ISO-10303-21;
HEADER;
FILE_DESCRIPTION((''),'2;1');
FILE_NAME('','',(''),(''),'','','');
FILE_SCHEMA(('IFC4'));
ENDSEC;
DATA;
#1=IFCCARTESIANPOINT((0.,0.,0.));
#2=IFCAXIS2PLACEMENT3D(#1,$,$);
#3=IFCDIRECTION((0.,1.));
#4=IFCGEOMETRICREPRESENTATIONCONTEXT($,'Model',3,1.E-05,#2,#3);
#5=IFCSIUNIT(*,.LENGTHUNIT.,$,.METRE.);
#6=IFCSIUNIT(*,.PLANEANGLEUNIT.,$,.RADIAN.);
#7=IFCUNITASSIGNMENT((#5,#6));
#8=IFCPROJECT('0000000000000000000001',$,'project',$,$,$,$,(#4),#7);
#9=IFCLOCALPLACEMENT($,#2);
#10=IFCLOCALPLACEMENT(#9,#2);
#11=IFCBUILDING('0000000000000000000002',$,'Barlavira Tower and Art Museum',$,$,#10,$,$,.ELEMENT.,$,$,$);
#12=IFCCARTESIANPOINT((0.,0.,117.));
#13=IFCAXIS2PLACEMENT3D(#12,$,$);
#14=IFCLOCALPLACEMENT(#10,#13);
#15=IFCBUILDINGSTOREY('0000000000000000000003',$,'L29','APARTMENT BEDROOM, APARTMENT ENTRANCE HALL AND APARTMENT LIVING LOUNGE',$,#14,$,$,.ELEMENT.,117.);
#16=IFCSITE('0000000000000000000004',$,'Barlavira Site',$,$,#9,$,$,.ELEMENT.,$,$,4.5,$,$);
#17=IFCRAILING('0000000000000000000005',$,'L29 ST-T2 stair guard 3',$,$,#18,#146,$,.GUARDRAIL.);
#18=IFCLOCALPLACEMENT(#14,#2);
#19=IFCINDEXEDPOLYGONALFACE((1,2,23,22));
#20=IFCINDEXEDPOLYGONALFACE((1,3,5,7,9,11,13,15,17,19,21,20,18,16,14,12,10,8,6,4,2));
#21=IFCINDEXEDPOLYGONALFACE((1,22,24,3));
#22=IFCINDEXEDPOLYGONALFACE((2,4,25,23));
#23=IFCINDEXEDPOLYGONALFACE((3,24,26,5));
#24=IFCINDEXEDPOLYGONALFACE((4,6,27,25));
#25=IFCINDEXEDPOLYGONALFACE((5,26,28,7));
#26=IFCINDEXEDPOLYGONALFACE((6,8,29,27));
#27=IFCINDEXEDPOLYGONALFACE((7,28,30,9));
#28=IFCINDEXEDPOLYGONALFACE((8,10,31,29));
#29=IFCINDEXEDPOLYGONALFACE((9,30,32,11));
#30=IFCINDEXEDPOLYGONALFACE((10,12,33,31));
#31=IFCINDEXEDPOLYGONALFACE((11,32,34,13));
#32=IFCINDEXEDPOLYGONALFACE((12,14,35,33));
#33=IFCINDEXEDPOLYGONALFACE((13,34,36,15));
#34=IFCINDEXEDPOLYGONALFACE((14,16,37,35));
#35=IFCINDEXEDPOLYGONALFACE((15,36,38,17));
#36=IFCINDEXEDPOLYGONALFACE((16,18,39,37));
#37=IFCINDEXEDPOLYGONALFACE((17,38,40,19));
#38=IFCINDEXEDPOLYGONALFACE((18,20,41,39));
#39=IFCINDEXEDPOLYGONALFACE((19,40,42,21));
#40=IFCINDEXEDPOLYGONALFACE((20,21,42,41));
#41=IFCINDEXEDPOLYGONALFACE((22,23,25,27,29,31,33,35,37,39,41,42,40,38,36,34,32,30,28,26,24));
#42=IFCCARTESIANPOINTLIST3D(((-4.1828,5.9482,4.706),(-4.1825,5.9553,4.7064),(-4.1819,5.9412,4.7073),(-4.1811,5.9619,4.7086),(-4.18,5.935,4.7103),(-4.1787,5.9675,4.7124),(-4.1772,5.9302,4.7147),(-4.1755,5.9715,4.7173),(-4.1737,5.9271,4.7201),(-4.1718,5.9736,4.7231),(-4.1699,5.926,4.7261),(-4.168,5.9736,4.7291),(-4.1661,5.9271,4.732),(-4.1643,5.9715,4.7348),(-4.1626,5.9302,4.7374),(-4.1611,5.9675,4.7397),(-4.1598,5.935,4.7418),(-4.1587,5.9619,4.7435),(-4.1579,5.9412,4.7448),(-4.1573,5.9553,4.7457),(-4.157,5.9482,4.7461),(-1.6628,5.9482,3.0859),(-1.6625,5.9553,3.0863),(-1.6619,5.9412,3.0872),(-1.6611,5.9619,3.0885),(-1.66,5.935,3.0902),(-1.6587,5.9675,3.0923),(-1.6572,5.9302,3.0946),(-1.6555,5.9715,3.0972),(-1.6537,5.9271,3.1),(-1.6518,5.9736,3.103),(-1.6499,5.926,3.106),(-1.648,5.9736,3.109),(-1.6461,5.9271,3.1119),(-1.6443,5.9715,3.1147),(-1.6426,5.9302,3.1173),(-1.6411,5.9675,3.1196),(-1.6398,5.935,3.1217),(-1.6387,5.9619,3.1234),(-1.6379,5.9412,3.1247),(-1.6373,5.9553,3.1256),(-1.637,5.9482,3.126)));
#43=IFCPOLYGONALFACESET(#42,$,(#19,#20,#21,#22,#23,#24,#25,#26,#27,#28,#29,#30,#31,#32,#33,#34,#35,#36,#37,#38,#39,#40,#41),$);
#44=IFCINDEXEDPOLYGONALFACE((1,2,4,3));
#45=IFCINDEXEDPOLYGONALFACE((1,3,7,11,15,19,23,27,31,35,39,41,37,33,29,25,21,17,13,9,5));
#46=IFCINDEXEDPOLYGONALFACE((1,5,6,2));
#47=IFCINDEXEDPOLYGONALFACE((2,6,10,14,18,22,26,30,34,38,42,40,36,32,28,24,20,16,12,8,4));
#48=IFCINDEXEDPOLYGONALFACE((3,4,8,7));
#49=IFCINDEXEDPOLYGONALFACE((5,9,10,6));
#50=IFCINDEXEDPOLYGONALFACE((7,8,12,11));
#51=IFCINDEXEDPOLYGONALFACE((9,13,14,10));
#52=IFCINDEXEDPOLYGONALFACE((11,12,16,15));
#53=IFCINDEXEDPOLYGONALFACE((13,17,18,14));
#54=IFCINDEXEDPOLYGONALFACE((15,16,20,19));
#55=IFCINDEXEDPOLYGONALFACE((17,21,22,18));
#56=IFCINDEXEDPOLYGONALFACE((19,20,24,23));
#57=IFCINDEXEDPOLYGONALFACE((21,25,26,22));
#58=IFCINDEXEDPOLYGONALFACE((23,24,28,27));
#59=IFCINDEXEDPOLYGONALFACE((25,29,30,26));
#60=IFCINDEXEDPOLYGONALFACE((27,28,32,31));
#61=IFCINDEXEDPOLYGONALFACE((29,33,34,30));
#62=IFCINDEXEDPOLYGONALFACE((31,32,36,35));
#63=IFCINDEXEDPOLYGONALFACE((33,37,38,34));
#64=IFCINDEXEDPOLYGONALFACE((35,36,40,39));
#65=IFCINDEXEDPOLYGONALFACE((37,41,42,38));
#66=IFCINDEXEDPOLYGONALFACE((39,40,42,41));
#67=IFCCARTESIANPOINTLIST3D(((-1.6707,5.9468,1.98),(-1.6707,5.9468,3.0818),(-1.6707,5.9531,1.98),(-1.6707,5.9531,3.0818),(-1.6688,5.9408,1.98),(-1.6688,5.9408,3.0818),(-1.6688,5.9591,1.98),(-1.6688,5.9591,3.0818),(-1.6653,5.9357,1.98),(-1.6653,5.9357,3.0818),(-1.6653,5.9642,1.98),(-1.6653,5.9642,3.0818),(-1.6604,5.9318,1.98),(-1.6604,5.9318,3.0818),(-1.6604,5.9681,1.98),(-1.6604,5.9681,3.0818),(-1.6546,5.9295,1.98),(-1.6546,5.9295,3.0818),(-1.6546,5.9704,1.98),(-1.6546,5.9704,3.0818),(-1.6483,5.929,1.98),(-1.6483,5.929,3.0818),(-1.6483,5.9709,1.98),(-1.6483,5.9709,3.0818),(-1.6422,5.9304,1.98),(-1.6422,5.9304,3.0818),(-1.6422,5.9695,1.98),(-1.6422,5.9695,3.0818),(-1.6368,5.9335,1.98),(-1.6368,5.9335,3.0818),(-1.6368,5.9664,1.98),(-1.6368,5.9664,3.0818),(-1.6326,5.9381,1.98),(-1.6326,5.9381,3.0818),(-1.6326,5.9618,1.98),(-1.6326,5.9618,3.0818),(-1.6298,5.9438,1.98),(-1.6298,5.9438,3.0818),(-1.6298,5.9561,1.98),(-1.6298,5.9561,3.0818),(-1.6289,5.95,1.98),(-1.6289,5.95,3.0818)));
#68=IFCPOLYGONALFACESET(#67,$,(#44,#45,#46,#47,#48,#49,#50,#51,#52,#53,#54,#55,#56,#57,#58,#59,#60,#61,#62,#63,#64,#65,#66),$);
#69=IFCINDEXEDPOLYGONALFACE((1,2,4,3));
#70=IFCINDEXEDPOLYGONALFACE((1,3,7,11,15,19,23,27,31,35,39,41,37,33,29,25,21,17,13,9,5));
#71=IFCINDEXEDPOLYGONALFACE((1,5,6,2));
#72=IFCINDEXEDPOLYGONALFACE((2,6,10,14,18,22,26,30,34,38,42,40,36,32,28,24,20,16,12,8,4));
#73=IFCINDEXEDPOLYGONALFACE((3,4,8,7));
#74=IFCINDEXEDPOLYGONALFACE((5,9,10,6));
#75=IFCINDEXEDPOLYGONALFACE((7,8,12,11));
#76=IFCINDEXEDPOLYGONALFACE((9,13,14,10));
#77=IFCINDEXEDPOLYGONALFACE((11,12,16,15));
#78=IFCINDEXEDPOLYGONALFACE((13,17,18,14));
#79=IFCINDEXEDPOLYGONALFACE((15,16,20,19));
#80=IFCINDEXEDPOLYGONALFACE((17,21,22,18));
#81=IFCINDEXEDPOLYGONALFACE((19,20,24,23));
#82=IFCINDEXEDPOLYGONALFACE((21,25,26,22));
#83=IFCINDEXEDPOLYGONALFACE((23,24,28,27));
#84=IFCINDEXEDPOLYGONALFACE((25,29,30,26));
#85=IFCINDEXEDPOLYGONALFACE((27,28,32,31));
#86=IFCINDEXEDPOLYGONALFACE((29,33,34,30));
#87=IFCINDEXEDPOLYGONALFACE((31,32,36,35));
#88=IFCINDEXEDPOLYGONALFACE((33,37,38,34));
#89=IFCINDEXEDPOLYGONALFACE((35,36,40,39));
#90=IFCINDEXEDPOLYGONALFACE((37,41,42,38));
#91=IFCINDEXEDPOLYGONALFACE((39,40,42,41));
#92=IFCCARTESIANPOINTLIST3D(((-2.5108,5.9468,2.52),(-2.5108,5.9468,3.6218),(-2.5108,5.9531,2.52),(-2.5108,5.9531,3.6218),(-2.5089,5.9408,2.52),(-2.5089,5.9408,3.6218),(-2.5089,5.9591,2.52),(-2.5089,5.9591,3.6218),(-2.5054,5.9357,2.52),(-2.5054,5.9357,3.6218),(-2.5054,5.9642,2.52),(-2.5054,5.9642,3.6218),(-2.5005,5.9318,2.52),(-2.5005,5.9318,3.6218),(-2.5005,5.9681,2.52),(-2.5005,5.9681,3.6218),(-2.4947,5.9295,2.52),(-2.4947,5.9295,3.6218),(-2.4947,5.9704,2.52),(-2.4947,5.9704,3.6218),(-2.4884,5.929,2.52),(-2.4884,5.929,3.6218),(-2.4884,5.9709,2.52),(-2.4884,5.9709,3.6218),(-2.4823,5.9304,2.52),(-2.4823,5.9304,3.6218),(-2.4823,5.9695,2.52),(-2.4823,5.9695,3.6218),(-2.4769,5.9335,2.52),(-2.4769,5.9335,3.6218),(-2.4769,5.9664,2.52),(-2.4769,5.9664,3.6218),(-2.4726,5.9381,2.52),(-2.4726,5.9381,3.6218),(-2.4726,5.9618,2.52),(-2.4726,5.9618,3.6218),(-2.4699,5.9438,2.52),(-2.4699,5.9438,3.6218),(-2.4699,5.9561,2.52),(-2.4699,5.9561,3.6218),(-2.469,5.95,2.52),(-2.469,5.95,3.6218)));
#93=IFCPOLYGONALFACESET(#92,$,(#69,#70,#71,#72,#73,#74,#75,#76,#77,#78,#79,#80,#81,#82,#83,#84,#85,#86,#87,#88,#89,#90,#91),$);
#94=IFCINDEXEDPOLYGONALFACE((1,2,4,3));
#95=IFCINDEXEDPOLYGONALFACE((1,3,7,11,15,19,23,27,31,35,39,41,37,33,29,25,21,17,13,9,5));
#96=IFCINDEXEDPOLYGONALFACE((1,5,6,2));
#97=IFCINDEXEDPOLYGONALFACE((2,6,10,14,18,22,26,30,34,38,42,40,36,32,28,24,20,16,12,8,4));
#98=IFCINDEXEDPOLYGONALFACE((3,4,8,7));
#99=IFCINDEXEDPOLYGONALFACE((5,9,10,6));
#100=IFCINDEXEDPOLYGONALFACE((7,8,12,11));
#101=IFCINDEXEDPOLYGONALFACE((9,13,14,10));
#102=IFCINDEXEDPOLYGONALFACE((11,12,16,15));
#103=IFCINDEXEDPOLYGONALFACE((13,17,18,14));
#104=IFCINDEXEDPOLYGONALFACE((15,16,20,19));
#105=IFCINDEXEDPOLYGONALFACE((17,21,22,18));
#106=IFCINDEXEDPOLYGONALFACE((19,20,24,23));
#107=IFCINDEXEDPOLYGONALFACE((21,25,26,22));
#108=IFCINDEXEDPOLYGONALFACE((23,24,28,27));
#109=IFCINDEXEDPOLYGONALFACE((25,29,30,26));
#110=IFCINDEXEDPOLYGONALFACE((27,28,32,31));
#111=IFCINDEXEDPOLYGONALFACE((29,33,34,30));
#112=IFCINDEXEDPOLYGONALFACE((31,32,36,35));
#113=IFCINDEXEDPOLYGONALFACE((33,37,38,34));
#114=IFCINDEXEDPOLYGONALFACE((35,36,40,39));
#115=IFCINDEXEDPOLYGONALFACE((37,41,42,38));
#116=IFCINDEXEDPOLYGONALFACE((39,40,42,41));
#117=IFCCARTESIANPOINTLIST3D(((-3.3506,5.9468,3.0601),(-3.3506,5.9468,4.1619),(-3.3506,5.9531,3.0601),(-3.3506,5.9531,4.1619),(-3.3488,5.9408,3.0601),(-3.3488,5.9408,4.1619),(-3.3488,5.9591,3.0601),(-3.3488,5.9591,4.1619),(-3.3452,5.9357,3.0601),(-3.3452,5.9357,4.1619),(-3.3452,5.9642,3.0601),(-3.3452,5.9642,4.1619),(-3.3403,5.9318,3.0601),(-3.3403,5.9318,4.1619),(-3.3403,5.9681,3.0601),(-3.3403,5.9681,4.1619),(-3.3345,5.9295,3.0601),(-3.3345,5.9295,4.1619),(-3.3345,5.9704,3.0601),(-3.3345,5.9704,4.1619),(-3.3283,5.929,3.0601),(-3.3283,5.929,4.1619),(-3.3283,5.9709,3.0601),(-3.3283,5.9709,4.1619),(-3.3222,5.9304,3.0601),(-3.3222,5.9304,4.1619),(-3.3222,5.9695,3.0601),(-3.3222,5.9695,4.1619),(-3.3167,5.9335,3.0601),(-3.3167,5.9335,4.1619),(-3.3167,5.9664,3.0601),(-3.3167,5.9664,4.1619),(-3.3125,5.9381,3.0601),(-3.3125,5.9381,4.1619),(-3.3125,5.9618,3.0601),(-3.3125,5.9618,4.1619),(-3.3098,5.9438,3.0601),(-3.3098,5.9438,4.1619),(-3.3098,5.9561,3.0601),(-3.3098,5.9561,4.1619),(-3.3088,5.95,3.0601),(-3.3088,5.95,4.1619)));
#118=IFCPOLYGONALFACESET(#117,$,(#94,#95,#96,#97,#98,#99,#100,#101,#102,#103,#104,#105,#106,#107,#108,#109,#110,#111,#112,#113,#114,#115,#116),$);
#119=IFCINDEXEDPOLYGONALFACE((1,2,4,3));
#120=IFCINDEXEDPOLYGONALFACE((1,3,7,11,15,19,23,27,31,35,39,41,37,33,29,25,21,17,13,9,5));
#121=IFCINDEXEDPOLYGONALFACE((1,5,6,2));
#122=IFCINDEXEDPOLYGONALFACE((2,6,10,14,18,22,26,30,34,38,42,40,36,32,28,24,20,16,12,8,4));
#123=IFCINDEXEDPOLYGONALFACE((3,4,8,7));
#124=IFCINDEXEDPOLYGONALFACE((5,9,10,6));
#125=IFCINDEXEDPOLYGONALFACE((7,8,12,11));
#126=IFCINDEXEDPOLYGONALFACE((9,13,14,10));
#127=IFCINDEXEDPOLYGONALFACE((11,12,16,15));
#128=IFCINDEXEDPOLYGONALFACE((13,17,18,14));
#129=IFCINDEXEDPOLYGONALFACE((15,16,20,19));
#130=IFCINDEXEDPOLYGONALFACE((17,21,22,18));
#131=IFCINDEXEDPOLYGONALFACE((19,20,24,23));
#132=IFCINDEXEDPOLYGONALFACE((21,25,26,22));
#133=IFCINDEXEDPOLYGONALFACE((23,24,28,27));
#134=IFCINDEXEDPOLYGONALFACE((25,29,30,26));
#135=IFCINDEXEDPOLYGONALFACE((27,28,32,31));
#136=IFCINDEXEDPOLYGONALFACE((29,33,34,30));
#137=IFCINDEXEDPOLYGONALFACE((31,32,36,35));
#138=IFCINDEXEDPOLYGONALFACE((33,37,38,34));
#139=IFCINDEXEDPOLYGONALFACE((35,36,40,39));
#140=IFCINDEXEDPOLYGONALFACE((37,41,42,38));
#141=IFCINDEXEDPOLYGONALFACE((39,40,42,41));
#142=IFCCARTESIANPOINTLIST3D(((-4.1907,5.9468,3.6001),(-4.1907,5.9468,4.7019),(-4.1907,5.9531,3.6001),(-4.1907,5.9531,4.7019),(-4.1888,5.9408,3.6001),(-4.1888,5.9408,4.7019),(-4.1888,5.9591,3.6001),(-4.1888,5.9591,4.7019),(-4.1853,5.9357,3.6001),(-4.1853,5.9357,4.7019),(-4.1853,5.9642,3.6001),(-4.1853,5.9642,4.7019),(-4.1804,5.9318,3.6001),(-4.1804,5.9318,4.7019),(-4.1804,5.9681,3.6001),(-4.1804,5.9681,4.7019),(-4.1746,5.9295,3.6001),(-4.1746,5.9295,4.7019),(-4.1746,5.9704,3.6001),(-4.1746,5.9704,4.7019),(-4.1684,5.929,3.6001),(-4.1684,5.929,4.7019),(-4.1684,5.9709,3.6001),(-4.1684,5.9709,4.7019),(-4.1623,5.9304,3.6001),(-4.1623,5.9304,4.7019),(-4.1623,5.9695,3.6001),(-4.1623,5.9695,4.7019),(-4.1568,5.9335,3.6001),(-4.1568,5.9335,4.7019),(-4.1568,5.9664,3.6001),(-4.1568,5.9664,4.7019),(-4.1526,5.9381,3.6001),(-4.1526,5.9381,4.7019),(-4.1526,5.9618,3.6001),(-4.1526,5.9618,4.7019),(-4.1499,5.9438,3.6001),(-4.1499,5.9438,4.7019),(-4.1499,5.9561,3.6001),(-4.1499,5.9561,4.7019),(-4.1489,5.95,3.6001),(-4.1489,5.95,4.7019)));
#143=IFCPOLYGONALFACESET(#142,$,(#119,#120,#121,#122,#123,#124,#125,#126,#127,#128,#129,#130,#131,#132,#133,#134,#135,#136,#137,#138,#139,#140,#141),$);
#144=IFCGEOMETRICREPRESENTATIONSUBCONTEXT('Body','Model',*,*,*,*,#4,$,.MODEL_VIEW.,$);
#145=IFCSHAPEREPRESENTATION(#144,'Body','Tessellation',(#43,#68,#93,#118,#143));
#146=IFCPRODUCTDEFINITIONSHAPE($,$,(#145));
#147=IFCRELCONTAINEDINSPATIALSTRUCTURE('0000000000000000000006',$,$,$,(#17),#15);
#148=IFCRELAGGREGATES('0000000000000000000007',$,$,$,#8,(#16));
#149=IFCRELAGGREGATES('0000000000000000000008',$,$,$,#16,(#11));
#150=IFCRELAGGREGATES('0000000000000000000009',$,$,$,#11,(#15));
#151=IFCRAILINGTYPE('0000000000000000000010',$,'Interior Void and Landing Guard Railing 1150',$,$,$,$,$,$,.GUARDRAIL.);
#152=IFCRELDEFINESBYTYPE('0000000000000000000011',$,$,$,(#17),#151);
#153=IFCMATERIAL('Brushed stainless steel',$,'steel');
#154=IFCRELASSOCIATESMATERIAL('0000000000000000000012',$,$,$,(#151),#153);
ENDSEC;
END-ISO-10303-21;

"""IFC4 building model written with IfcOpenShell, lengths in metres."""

from ifc_helpers import new_model, si_unit, direction, frame, origin, origin_2d, place, context, subcontext, project, spatial, circle, extrude, material, type_object, element, save


model = new_model("IFC4")

# Units and contexts
model_context = context("Model", 3, precision=1e-05, world=origin(), true_north=direction((0.0, 1.0)))
body_context = subcontext(model_context, "Body", "Model", "MODEL_VIEW")
ifc_project = project(units=[si_unit("LENGTHUNIT", "METRE"), si_unit("PLANEANGLEUNIT", "RADIAN")], contexts=[model_context])

# Site, building, storey
site_placement = place(None, origin())
site = spatial("IfcSite", under=ifc_project, at=site_placement, Name="Barlavira Site", CompositionType="ELEMENT", RefElevation=4.5)
building_placement = place(site_placement, origin())
building = spatial("IfcBuilding", under=site, at=building_placement, Name="Barlavira Tower and Art Museum", CompositionType="ELEMENT")
storey_placement = place(building_placement, frame((0.0, 0.0, 117.0)))
storey = spatial("IfcBuildingStorey", under=building, at=storey_placement, Name="L29", Description="APARTMENT BEDROOM, APARTMENT ENTRANCE HALL AND APARTMENT LIVING LOUNGE", CompositionType="ELEMENT", Elevation=117.0)

# Shared definitions
ifc_material_1 = material(Name="Brushed stainless steel", Category="steel")

# Railing
railing_type_1 = type_object("IfcRailingType", Name="Interior Void and Landing Guard Railing 1150", PredefinedType="GUARDRAIL", material=ifc_material_1)
railing_1_placement = place(storey_placement, frame((-1.6499, 5.95, 1.98)))
element("IfcRailing", 1, at=railing_1_placement, inside=storey, type_object=railing_type_1, Name="L29 ST-T2 stair guard 3", PredefinedType="GUARDRAIL", context=body_context, shape_type="SweptSolid", body=[
    extrude(circle(Radius=0.0239, at=origin_2d()), frame((0.0, 0.0, 1.126), z_axis=(-0.841163, 0.0, 0.540782), x_axis=(0.0, -1.0, 0.0)), (0.0, 0.0, 1.0), 2.9958),
    extrude(circle(Radius=0.021, at=origin_2d()), origin(), (0.0, 0.0, 1.0), 1.1018),
    extrude(circle(Radius=0.021, at=origin_2d()), frame((-0.8401, 0.0, 0.54)), (0.0, 0.0, 1.0), 1.1018),
    extrude(circle(Radius=0.021, at=origin_2d()), frame((-1.6799, 0.0, 1.0801)), (0.0, 0.0, 1.0), 1.1018),
    extrude(circle(Radius=0.021, at=origin_2d()), frame((-2.52, 0.0, 1.6201)), (0.0, 0.0, 1.0), 1.1018),
])

save(model, "model.ifc")
